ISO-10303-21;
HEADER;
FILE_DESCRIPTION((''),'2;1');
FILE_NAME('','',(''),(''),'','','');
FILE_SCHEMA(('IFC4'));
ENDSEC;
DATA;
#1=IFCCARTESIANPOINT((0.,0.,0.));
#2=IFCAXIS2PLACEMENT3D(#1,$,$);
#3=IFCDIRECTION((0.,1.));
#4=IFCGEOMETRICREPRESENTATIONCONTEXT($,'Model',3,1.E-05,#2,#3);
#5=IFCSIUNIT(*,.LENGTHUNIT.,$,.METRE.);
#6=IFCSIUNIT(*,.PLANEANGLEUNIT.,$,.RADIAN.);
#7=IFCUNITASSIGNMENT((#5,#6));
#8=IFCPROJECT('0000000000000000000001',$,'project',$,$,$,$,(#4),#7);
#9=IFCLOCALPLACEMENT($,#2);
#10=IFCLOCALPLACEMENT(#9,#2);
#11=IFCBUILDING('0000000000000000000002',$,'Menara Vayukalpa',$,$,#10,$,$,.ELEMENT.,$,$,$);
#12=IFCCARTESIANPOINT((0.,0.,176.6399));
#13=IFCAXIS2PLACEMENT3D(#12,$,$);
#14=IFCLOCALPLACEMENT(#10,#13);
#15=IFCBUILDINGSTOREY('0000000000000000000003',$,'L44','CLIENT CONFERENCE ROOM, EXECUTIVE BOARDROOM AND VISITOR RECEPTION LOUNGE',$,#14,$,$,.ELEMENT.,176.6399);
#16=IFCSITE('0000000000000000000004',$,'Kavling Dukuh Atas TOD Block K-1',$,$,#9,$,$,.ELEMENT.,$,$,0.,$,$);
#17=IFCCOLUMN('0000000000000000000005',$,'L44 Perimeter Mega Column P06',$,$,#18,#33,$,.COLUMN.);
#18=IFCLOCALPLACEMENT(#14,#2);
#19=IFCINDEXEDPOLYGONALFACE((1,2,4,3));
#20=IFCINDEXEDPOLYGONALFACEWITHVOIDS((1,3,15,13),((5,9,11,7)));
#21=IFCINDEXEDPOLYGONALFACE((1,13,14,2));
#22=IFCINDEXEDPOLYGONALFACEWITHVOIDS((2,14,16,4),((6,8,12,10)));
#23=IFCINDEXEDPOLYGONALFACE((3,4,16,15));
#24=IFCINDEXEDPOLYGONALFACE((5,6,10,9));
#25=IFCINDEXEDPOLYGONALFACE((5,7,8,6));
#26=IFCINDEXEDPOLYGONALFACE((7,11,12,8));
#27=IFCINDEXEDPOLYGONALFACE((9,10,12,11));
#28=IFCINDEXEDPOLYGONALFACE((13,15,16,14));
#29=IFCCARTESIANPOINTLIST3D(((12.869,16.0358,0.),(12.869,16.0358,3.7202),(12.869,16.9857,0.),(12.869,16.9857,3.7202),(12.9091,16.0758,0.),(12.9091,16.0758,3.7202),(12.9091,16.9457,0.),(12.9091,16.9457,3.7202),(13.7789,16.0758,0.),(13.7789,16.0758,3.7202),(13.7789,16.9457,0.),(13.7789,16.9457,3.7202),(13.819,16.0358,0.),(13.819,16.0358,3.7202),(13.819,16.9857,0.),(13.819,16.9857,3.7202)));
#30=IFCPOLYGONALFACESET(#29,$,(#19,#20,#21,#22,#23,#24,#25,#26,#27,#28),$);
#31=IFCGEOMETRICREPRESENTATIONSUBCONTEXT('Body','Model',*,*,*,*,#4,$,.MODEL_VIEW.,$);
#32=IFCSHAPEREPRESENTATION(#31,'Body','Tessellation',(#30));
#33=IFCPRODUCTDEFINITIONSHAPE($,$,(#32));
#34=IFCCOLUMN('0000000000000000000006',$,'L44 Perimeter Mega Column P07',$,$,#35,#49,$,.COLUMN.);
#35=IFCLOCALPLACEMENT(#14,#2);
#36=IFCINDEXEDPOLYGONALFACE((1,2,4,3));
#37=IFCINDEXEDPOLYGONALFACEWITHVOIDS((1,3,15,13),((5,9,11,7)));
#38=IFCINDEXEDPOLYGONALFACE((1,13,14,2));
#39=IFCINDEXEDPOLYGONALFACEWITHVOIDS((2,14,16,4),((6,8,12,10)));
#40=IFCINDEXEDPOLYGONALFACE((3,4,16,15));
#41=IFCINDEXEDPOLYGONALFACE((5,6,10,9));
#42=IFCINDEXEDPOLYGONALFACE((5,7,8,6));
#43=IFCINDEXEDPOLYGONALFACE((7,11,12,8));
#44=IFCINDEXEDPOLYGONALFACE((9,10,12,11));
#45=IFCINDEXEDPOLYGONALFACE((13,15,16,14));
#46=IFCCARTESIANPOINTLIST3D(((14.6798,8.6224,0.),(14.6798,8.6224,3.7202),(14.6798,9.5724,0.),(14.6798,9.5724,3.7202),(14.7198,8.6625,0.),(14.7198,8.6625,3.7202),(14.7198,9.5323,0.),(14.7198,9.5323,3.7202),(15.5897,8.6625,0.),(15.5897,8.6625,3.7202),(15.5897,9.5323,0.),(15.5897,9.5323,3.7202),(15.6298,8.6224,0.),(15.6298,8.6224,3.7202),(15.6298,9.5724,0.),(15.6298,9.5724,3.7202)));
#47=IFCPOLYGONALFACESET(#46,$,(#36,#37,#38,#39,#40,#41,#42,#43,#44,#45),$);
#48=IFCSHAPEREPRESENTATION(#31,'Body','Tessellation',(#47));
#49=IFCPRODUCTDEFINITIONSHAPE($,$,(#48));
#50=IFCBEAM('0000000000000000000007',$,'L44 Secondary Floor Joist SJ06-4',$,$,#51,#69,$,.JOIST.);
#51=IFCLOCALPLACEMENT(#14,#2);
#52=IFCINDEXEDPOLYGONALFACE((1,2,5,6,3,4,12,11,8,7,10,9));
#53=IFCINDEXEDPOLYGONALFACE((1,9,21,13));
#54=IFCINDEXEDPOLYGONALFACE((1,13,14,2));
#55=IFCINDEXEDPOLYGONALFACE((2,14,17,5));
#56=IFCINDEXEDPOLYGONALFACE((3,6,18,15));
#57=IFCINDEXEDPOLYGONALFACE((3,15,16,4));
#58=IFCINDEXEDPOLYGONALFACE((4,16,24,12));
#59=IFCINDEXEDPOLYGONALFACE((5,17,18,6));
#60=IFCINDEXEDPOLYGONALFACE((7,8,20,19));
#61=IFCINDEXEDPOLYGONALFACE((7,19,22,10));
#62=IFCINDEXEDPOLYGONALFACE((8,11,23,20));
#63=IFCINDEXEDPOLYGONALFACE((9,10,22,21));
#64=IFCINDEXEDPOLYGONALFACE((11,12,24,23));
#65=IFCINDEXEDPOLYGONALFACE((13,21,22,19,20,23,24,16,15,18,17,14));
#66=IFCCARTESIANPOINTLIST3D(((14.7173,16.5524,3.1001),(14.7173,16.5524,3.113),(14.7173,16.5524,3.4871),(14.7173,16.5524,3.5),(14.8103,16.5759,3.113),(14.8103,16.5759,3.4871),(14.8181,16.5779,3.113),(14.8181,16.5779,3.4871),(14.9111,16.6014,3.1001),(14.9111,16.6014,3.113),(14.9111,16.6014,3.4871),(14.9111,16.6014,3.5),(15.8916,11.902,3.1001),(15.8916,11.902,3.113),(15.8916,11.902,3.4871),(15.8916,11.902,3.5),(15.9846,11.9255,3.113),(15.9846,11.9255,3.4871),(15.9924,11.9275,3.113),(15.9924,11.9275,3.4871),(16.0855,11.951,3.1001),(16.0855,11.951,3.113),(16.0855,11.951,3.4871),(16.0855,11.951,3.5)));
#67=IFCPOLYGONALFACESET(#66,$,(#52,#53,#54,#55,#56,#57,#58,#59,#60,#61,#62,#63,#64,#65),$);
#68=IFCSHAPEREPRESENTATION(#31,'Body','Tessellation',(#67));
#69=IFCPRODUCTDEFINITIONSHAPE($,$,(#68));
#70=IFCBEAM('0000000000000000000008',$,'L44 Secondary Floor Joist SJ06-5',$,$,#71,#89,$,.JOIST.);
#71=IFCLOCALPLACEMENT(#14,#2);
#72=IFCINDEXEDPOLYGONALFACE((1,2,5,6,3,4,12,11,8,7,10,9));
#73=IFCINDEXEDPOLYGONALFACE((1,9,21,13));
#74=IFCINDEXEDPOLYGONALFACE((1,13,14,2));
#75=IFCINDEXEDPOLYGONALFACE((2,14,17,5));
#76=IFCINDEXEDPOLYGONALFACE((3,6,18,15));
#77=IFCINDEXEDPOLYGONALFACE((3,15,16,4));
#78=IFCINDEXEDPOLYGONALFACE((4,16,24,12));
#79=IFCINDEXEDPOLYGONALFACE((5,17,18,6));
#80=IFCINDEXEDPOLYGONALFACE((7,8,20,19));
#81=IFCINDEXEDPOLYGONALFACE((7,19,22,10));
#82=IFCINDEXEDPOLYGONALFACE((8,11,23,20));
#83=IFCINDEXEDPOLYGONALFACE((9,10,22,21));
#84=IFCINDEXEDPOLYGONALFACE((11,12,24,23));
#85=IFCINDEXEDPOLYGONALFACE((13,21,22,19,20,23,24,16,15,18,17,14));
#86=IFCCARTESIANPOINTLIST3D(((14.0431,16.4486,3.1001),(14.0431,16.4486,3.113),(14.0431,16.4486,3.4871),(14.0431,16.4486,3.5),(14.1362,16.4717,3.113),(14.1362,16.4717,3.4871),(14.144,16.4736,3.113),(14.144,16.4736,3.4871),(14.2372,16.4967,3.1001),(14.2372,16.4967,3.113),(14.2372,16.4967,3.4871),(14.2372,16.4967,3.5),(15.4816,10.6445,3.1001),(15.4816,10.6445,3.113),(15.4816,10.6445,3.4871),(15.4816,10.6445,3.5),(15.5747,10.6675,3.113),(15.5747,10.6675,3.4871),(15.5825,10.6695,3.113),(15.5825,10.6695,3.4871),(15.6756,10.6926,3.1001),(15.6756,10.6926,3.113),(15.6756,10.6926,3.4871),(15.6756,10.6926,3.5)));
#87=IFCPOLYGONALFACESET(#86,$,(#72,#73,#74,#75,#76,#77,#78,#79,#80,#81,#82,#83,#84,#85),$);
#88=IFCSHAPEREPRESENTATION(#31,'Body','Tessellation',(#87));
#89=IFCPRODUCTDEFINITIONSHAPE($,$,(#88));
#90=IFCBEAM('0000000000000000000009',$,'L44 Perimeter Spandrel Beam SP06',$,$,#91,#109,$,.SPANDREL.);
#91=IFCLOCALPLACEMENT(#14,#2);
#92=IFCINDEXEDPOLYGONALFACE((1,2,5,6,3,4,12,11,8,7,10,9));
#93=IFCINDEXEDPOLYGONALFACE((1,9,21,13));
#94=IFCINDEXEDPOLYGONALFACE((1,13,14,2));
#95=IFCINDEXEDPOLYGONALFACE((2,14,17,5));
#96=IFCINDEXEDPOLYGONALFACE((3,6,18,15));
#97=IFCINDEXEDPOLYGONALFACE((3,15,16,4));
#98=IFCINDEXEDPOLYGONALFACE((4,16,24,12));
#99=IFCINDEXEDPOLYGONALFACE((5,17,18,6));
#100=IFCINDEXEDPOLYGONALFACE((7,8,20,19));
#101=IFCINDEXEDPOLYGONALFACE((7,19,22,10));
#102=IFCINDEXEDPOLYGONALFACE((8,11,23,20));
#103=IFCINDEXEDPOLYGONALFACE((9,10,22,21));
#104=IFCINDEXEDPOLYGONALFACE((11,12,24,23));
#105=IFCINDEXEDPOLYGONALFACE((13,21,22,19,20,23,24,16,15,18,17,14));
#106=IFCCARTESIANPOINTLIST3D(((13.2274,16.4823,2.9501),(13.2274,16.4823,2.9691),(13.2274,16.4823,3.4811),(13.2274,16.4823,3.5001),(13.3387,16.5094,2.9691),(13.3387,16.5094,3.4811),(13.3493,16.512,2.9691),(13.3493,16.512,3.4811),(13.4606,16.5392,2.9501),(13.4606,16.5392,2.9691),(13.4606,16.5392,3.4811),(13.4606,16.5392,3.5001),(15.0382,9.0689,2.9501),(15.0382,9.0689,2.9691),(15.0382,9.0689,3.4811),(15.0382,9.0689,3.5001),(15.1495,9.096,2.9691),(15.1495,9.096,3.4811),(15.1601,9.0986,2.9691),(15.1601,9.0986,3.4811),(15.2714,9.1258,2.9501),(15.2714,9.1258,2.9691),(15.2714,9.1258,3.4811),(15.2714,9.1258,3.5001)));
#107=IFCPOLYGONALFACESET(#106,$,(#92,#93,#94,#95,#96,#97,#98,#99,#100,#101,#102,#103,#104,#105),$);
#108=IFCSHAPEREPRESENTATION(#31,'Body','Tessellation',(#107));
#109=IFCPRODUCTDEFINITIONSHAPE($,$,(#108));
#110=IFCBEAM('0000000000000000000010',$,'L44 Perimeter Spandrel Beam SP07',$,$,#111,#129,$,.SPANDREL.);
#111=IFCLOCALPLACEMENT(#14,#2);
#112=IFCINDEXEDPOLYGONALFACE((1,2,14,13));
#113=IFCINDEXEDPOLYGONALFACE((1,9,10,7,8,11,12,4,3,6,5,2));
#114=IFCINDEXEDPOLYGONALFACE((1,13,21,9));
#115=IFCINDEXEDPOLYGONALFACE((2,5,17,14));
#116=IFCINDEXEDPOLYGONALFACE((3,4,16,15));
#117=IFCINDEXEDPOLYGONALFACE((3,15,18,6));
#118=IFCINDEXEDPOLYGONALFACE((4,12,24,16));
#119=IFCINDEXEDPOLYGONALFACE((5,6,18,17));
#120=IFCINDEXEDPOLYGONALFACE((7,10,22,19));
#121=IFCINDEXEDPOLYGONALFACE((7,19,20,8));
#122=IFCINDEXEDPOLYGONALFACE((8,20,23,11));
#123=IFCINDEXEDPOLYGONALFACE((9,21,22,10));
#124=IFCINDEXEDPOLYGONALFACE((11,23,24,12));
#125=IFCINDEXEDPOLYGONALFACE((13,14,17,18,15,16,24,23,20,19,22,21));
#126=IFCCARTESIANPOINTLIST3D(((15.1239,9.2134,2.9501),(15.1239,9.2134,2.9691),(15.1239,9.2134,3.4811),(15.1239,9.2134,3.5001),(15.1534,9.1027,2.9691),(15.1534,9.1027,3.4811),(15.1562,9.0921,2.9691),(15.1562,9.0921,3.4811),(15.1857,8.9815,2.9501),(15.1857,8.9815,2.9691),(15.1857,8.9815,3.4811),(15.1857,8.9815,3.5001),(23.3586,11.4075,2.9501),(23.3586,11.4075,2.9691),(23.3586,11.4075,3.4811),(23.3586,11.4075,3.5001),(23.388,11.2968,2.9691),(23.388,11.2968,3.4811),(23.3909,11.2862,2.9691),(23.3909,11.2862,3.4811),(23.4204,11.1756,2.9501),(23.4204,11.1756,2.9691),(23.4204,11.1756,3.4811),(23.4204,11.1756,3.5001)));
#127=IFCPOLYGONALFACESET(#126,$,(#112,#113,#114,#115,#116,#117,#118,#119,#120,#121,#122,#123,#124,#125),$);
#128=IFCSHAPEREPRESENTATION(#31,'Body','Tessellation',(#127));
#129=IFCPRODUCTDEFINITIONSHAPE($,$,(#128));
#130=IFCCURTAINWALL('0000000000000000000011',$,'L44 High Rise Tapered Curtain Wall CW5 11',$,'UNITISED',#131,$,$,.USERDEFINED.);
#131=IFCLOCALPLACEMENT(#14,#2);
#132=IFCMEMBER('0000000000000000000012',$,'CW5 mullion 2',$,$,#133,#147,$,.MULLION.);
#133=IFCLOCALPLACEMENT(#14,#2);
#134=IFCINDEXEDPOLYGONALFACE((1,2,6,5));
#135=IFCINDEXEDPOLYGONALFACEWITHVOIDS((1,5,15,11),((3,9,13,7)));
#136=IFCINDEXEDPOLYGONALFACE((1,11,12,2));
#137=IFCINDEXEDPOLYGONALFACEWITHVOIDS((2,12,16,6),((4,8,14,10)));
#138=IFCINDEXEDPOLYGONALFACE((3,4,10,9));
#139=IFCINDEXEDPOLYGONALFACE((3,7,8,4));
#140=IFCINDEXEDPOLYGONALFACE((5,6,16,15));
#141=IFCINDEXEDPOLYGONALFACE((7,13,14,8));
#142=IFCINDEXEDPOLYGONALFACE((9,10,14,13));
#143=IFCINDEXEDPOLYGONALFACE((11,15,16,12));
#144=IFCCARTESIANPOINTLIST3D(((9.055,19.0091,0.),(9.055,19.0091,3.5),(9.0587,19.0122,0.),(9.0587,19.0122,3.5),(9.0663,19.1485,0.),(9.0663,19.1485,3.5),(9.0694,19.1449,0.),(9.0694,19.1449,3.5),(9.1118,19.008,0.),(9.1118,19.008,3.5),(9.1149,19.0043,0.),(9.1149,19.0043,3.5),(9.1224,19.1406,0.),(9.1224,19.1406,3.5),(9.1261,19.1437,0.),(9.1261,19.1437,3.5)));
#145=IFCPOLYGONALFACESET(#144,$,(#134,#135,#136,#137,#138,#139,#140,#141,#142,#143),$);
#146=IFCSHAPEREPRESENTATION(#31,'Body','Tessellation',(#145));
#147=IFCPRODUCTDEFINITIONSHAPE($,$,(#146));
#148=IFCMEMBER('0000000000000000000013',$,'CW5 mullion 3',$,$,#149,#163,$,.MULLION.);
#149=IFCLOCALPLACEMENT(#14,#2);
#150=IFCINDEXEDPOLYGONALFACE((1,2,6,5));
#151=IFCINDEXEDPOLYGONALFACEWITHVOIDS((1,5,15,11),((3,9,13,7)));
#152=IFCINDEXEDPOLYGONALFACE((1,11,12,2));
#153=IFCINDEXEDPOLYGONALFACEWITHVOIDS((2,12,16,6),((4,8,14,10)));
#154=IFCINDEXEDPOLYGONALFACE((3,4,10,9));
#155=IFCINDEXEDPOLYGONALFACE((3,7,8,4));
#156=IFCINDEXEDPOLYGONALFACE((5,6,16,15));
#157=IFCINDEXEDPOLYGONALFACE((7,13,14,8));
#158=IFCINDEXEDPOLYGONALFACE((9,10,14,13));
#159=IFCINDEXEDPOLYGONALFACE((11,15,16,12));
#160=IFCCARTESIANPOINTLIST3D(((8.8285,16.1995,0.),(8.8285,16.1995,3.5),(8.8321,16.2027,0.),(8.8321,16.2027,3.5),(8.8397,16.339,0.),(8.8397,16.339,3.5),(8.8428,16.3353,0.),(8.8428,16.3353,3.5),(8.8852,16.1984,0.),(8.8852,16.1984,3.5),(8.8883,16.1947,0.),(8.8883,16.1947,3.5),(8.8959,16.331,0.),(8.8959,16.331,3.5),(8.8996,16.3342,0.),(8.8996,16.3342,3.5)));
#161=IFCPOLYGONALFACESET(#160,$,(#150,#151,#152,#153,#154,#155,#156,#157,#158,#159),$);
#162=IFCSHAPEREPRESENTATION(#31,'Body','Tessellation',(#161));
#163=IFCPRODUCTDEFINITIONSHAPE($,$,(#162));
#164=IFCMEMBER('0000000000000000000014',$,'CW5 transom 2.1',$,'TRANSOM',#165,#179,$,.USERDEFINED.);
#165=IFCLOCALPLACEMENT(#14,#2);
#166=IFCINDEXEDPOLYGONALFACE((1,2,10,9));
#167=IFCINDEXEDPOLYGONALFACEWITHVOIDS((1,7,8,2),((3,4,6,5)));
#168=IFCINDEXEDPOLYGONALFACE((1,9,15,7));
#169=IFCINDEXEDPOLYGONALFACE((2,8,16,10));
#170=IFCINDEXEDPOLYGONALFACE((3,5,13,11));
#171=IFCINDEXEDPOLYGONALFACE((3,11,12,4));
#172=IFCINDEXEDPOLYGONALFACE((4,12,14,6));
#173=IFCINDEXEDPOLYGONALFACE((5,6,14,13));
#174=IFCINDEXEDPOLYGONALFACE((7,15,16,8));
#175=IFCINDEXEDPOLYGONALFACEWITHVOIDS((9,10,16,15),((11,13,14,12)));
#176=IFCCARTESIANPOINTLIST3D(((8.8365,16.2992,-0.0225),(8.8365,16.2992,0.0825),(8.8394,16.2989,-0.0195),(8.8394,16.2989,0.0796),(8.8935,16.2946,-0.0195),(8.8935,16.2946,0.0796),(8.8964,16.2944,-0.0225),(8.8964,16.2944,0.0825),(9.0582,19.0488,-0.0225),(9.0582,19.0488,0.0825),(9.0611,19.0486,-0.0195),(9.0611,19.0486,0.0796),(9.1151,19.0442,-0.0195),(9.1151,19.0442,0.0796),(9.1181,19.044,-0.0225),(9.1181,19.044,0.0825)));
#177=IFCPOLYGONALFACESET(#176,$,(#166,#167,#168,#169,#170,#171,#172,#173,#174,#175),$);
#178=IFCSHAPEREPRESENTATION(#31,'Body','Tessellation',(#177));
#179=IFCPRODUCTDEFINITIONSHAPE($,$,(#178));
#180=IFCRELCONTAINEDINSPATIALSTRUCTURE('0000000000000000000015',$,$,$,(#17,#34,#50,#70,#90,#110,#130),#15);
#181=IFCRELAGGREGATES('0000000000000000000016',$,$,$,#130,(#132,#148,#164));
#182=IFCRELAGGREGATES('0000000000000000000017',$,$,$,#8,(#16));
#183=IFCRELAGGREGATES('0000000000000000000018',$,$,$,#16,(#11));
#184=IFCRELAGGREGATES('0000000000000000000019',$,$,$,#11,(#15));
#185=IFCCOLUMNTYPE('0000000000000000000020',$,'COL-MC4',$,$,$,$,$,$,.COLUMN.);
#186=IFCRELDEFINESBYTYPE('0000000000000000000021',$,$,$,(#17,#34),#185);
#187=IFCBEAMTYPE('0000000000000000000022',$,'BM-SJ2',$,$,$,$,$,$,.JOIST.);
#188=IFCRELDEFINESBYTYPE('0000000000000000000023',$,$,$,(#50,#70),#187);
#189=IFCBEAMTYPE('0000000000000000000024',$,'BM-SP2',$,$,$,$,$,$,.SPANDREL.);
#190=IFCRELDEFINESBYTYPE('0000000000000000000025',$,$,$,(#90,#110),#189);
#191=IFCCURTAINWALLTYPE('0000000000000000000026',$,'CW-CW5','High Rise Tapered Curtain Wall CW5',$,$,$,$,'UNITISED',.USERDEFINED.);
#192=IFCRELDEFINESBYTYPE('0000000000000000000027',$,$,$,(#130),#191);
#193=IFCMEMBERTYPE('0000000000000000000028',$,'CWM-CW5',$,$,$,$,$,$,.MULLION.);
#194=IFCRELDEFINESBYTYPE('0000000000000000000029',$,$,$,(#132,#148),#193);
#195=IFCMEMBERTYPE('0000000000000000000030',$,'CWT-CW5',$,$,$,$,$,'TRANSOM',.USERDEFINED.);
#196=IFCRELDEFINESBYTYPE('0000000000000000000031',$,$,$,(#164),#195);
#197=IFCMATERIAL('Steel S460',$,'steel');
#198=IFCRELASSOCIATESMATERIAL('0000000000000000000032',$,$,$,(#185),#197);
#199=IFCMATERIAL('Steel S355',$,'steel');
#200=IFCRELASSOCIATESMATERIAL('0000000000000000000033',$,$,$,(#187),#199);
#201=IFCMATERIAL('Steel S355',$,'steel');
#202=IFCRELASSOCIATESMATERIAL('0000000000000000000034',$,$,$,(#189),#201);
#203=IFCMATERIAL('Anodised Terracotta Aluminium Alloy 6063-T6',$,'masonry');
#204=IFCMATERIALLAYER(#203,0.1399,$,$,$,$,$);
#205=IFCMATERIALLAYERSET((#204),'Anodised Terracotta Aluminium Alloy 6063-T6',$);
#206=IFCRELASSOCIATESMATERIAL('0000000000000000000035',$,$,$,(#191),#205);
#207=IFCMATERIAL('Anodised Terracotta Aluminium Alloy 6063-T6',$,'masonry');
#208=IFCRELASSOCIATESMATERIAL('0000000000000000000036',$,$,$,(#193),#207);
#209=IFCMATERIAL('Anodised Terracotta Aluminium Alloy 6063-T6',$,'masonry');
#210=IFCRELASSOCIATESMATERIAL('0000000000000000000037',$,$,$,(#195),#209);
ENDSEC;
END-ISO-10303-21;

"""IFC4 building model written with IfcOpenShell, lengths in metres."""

from ifc_helpers import new_model, si_unit, direction, frame, origin, origin_2d, place, context, subcontext, project, spatial, hollow_rectangle, i_section, extrude, material, layer, layer_set, material_profile, profile_set, type_object, element, aggregate, save


model = new_model("IFC4")

# Units and contexts
model_context = context("Model", 3, precision=1e-05, world=origin(), true_north=direction((0.0, 1.0)))
body_context = subcontext(model_context, "Body", "Model", "MODEL_VIEW")
ifc_project = project(units=[si_unit("LENGTHUNIT", "METRE"), si_unit("PLANEANGLEUNIT", "RADIAN")], contexts=[model_context])

# Site, building, storey
site_placement = place(None, origin())
site = spatial("IfcSite", under=ifc_project, at=site_placement, Name="Kavling Dukuh Atas TOD Block K-1", CompositionType="ELEMENT", RefElevation=0.0)
building_placement = place(site_placement, origin())
building = spatial("IfcBuilding", under=site, at=building_placement, Name="Menara Vayukalpa", CompositionType="ELEMENT")
storey_placement = place(building_placement, frame((0.0, 0.0, 176.6399)))
storey = spatial("IfcBuildingStorey", under=building, at=storey_placement, Name="L44", Description="CLIENT CONFERENCE ROOM, EXECUTIVE BOARDROOM AND VISITOR RECEPTION LOUNGE", CompositionType="ELEMENT", Elevation=176.6399)

# Columns
ifc_material_1 = material(Name="Steel S460", Category="steel")
ifc_material_profile_1 = material_profile(ifc_material_1, hollow_rectangle(XDim=0.95, YDim=0.95, WallThickness=0.04, at=origin_2d()), Name="BOX 950x950x40")
ifc_profile_set_1 = profile_set([ifc_material_profile_1], Name="Steel S460")
column_type = type_object("IfcColumnType", Name="COL-MC4", PredefinedType="COLUMN", material=ifc_profile_set_1)
for number, where, z_axis, x_axis, name in (
    (1, (13.344, 16.5107, 0.0), (0.0, 0.0, 1.0), (1.0, 0.0, 0.0), "L44 Perimeter Mega Column P06"),
    (2, (15.1548, 9.0974, 0.0), (0.0, 0.0, 1.0), (1.0, 0.0, 0.0), "L44 Perimeter Mega Column P07"),
):
    element("IfcColumn", number, at=place(storey_placement, frame(where, z_axis=z_axis, x_axis=x_axis)), inside=storey, type_object=column_type, Name=name, PredefinedType="COLUMN", context=body_context, shape_type="SweptSolid", body=[
        extrude(hollow_rectangle(XDim=0.95, YDim=0.95, WallThickness=0.04, at=origin_2d()), origin(), (0.0, 0.0, 1.0), 3.7202),
    ])

# Beams
ifc_material_2 = material(Name="Steel S355", Category="steel")
ifc_material_profile_2 = material_profile(ifc_material_2, i_section(OverallWidth=0.2, OverallDepth=0.3999, WebThickness=0.0081, FlangeThickness=0.0129, at=origin_2d()), Name="WF 400x200x8x13")
ifc_profile_set_2 = profile_set([ifc_material_profile_2], Name="Steel S355")
beam_type_1 = type_object("IfcBeamType", Name="BM-SJ2", PredefinedType="JOIST", material=ifc_profile_set_2)
beam_1_placement = place(storey_placement, frame((14.8142, 16.5769, 3.3), z_axis=(0.244834, -0.969565, 0.0), x_axis=(0.969565, 0.244834, 0.0)))
element("IfcBeam", 3, at=beam_1_placement, inside=storey, type_object=beam_type_1, Name="L44 Secondary Floor Joist SJ06-4", PredefinedType="JOIST", context=body_context, shape_type="SweptSolid", body=[
    extrude(i_section(OverallWidth=0.2, OverallDepth=0.3999, WebThickness=0.0081, FlangeThickness=0.0129, at=origin_2d()), origin(), (0.0, 0.0, 1.0), 4.7964),
])
beam_2_placement = place(storey_placement, frame((14.1401, 16.4727, 3.3), z_axis=(0.240556, -0.970635, 0.0), x_axis=(0.970635, 0.240556, 0.0)))
element("IfcBeam", 4, at=beam_2_placement, inside=storey, type_object=beam_type_1, Name="L44 Secondary Floor Joist SJ06-5", PredefinedType="JOIST", context=body_context, shape_type="SweptSolid", body=[
    extrude(i_section(OverallWidth=0.2, OverallDepth=0.3999, WebThickness=0.0081, FlangeThickness=0.0129, at=origin_2d()), origin(), (0.0, 0.0, 1.0), 5.9797),
])
ifc_material_3 = material(Name="Steel S355", Category="steel")
ifc_material_profile_3 = material_profile(ifc_material_3, i_section(OverallWidth=0.24, OverallDepth=0.55, WebThickness=0.011, FlangeThickness=0.019, at=origin_2d()), Name="WF 550x240x11x19")
ifc_profile_set_3 = profile_set([ifc_material_profile_3], Name="Steel S355")
beam_type_2 = type_object("IfcBeamType", Name="BM-SP2", PredefinedType="SPANDREL", material=ifc_profile_set_3)
beam_3_placement = place(storey_placement, frame((13.344, 16.5107, 3.2251), z_axis=(0.237285, -0.97144, 0.0), x_axis=(0.97144, 0.237285, 0.0)))
element("IfcBeam", 5, at=beam_3_placement, inside=storey, type_object=beam_type_2, Name="L44 Perimeter Spandrel Beam SP06", PredefinedType="SPANDREL", context=body_context, shape_type="SweptSolid", body=[
    extrude(i_section(OverallWidth=0.24, OverallDepth=0.55, WebThickness=0.011, FlangeThickness=0.019, at=origin_2d()), origin(), (0.0, 0.0, 1.0), 7.6313),
])
beam_4_placement = place(storey_placement, frame((15.1548, 9.0974, 3.2251), z_axis=(0.966288, 0.257465, 0.0), x_axis=(-0.257465, 0.966288, 0.0)))
element("IfcBeam", 6, at=beam_4_placement, inside=storey, type_object=beam_type_2, Name="L44 Perimeter Spandrel Beam SP07", PredefinedType="SPANDREL", context=body_context, shape_type="SweptSolid", body=[
    extrude(i_section(OverallWidth=0.24, OverallDepth=0.55, WebThickness=0.011, FlangeThickness=0.019, at=origin_2d()), origin(), (0.0, 0.0, 1.0), 8.522),
])

# Curtain wall, members
ifc_material_4 = material(Name="Anodised Terracotta Aluminium Alloy 6063-T6", Category="masonry")
ifc_layer_1 = layer(ifc_material_4, 0.1399)
ifc_layer_set_1 = layer_set([ifc_layer_1], Name="Anodised Terracotta Aluminium Alloy 6063-T6")
curtain_wall_type = type_object("IfcCurtainWallType", Name="CW-CW5", Description="High Rise Tapered Curtain Wall CW5", ElementType="UNITISED", PredefinedType="USERDEFINED", material=ifc_layer_set_1)
curtain_wall_placement = place(storey_placement, origin())
curtain_wall = element("IfcCurtainWall", 7, at=curtain_wall_placement, inside=storey, type_object=curtain_wall_type, Name="L44 High Rise Tapered Curtain Wall CW5 11", ObjectType="UNITISED", PredefinedType="USERDEFINED")
ifc_material_5 = material(Name="Anodised Terracotta Aluminium Alloy 6063-T6", Category="masonry")
ifc_material_profile_4 = material_profile(ifc_material_5, hollow_rectangle(XDim=0.0601, YDim=0.1399, WallThickness=0.0034, at=origin_2d()), Name="ALU 60x140x3.5")
ifc_profile_set_4 = profile_set([ifc_material_profile_4], Name="Anodised Terracotta Aluminium Alloy 6063-T6")
member_type_1 = type_object("IfcMemberType", Name="CWM-CW5", PredefinedType="MULLION", material=ifc_profile_set_4)
member_1_placement = place(storey_placement, frame((9.0906, 19.0764, 0.0), z_axis=(0.0, 0.0, 1.0), x_axis=(0.996765, -0.080374, 0.0)))
member_1 = element("IfcMember", 8, at=member_1_placement, type_object=member_type_1, Name="CW5 mullion 2", PredefinedType="MULLION", context=body_context, shape_type="SweptSolid", body=[
    extrude(hollow_rectangle(XDim=0.0601, YDim=0.1399, WallThickness=0.0034, at=origin_2d()), origin(), (0.0, 0.0, 1.0), 3.5),
])
member_2_placement = place(storey_placement, frame((8.864, 16.2668, 0.0), z_axis=(0.0, 0.0, 1.0), x_axis=(0.996765, -0.080374, 0.0)))
member_2 = element("IfcMember", 9, at=member_2_placement, type_object=member_type_1, Name="CW5 mullion 3", PredefinedType="MULLION", context=body_context, shape_type="SweptSolid", body=[
    extrude(hollow_rectangle(XDim=0.0601, YDim=0.1399, WallThickness=0.0034, at=origin_2d()), origin(), (0.0, 0.0, 1.0), 3.5),
])
ifc_material_6 = material(Name="Anodised Terracotta Aluminium Alloy 6063-T6", Category="masonry")
ifc_material_profile_5 = material_profile(ifc_material_6, hollow_rectangle(XDim=0.0601, YDim=0.105, WallThickness=0.0029, at=origin_2d()), Name="ALU 60x105x3")
ifc_profile_set_5 = profile_set([ifc_material_profile_5], Name="Anodised Terracotta Aluminium Alloy 6063-T6")
member_type_2 = type_object("IfcMemberType", Name="CWT-CW5", ElementType="TRANSOM", PredefinedType="USERDEFINED", material=ifc_profile_set_5)
member_3_placement = place(storey_placement, frame((9.0881, 19.0464, 0.03), z_axis=(-0.080364, -0.996766, 0.0), x_axis=(0.996766, -0.080364, 0.0)))
member_3 = element("IfcMember", 10, at=member_3_placement, type_object=member_type_2, Name="CW5 transom 2.1", ObjectType="TRANSOM", PredefinedType="USERDEFINED", context=body_context, shape_type="SweptSolid", body=[
    extrude(hollow_rectangle(XDim=0.0601, YDim=0.105, WallThickness=0.0029, at=origin_2d()), origin(), (0.0, 0.0, 1.0), 2.7585),
])
aggregate(curtain_wall, [member_1, member_2, member_3])

save(model, "model.ifc")
